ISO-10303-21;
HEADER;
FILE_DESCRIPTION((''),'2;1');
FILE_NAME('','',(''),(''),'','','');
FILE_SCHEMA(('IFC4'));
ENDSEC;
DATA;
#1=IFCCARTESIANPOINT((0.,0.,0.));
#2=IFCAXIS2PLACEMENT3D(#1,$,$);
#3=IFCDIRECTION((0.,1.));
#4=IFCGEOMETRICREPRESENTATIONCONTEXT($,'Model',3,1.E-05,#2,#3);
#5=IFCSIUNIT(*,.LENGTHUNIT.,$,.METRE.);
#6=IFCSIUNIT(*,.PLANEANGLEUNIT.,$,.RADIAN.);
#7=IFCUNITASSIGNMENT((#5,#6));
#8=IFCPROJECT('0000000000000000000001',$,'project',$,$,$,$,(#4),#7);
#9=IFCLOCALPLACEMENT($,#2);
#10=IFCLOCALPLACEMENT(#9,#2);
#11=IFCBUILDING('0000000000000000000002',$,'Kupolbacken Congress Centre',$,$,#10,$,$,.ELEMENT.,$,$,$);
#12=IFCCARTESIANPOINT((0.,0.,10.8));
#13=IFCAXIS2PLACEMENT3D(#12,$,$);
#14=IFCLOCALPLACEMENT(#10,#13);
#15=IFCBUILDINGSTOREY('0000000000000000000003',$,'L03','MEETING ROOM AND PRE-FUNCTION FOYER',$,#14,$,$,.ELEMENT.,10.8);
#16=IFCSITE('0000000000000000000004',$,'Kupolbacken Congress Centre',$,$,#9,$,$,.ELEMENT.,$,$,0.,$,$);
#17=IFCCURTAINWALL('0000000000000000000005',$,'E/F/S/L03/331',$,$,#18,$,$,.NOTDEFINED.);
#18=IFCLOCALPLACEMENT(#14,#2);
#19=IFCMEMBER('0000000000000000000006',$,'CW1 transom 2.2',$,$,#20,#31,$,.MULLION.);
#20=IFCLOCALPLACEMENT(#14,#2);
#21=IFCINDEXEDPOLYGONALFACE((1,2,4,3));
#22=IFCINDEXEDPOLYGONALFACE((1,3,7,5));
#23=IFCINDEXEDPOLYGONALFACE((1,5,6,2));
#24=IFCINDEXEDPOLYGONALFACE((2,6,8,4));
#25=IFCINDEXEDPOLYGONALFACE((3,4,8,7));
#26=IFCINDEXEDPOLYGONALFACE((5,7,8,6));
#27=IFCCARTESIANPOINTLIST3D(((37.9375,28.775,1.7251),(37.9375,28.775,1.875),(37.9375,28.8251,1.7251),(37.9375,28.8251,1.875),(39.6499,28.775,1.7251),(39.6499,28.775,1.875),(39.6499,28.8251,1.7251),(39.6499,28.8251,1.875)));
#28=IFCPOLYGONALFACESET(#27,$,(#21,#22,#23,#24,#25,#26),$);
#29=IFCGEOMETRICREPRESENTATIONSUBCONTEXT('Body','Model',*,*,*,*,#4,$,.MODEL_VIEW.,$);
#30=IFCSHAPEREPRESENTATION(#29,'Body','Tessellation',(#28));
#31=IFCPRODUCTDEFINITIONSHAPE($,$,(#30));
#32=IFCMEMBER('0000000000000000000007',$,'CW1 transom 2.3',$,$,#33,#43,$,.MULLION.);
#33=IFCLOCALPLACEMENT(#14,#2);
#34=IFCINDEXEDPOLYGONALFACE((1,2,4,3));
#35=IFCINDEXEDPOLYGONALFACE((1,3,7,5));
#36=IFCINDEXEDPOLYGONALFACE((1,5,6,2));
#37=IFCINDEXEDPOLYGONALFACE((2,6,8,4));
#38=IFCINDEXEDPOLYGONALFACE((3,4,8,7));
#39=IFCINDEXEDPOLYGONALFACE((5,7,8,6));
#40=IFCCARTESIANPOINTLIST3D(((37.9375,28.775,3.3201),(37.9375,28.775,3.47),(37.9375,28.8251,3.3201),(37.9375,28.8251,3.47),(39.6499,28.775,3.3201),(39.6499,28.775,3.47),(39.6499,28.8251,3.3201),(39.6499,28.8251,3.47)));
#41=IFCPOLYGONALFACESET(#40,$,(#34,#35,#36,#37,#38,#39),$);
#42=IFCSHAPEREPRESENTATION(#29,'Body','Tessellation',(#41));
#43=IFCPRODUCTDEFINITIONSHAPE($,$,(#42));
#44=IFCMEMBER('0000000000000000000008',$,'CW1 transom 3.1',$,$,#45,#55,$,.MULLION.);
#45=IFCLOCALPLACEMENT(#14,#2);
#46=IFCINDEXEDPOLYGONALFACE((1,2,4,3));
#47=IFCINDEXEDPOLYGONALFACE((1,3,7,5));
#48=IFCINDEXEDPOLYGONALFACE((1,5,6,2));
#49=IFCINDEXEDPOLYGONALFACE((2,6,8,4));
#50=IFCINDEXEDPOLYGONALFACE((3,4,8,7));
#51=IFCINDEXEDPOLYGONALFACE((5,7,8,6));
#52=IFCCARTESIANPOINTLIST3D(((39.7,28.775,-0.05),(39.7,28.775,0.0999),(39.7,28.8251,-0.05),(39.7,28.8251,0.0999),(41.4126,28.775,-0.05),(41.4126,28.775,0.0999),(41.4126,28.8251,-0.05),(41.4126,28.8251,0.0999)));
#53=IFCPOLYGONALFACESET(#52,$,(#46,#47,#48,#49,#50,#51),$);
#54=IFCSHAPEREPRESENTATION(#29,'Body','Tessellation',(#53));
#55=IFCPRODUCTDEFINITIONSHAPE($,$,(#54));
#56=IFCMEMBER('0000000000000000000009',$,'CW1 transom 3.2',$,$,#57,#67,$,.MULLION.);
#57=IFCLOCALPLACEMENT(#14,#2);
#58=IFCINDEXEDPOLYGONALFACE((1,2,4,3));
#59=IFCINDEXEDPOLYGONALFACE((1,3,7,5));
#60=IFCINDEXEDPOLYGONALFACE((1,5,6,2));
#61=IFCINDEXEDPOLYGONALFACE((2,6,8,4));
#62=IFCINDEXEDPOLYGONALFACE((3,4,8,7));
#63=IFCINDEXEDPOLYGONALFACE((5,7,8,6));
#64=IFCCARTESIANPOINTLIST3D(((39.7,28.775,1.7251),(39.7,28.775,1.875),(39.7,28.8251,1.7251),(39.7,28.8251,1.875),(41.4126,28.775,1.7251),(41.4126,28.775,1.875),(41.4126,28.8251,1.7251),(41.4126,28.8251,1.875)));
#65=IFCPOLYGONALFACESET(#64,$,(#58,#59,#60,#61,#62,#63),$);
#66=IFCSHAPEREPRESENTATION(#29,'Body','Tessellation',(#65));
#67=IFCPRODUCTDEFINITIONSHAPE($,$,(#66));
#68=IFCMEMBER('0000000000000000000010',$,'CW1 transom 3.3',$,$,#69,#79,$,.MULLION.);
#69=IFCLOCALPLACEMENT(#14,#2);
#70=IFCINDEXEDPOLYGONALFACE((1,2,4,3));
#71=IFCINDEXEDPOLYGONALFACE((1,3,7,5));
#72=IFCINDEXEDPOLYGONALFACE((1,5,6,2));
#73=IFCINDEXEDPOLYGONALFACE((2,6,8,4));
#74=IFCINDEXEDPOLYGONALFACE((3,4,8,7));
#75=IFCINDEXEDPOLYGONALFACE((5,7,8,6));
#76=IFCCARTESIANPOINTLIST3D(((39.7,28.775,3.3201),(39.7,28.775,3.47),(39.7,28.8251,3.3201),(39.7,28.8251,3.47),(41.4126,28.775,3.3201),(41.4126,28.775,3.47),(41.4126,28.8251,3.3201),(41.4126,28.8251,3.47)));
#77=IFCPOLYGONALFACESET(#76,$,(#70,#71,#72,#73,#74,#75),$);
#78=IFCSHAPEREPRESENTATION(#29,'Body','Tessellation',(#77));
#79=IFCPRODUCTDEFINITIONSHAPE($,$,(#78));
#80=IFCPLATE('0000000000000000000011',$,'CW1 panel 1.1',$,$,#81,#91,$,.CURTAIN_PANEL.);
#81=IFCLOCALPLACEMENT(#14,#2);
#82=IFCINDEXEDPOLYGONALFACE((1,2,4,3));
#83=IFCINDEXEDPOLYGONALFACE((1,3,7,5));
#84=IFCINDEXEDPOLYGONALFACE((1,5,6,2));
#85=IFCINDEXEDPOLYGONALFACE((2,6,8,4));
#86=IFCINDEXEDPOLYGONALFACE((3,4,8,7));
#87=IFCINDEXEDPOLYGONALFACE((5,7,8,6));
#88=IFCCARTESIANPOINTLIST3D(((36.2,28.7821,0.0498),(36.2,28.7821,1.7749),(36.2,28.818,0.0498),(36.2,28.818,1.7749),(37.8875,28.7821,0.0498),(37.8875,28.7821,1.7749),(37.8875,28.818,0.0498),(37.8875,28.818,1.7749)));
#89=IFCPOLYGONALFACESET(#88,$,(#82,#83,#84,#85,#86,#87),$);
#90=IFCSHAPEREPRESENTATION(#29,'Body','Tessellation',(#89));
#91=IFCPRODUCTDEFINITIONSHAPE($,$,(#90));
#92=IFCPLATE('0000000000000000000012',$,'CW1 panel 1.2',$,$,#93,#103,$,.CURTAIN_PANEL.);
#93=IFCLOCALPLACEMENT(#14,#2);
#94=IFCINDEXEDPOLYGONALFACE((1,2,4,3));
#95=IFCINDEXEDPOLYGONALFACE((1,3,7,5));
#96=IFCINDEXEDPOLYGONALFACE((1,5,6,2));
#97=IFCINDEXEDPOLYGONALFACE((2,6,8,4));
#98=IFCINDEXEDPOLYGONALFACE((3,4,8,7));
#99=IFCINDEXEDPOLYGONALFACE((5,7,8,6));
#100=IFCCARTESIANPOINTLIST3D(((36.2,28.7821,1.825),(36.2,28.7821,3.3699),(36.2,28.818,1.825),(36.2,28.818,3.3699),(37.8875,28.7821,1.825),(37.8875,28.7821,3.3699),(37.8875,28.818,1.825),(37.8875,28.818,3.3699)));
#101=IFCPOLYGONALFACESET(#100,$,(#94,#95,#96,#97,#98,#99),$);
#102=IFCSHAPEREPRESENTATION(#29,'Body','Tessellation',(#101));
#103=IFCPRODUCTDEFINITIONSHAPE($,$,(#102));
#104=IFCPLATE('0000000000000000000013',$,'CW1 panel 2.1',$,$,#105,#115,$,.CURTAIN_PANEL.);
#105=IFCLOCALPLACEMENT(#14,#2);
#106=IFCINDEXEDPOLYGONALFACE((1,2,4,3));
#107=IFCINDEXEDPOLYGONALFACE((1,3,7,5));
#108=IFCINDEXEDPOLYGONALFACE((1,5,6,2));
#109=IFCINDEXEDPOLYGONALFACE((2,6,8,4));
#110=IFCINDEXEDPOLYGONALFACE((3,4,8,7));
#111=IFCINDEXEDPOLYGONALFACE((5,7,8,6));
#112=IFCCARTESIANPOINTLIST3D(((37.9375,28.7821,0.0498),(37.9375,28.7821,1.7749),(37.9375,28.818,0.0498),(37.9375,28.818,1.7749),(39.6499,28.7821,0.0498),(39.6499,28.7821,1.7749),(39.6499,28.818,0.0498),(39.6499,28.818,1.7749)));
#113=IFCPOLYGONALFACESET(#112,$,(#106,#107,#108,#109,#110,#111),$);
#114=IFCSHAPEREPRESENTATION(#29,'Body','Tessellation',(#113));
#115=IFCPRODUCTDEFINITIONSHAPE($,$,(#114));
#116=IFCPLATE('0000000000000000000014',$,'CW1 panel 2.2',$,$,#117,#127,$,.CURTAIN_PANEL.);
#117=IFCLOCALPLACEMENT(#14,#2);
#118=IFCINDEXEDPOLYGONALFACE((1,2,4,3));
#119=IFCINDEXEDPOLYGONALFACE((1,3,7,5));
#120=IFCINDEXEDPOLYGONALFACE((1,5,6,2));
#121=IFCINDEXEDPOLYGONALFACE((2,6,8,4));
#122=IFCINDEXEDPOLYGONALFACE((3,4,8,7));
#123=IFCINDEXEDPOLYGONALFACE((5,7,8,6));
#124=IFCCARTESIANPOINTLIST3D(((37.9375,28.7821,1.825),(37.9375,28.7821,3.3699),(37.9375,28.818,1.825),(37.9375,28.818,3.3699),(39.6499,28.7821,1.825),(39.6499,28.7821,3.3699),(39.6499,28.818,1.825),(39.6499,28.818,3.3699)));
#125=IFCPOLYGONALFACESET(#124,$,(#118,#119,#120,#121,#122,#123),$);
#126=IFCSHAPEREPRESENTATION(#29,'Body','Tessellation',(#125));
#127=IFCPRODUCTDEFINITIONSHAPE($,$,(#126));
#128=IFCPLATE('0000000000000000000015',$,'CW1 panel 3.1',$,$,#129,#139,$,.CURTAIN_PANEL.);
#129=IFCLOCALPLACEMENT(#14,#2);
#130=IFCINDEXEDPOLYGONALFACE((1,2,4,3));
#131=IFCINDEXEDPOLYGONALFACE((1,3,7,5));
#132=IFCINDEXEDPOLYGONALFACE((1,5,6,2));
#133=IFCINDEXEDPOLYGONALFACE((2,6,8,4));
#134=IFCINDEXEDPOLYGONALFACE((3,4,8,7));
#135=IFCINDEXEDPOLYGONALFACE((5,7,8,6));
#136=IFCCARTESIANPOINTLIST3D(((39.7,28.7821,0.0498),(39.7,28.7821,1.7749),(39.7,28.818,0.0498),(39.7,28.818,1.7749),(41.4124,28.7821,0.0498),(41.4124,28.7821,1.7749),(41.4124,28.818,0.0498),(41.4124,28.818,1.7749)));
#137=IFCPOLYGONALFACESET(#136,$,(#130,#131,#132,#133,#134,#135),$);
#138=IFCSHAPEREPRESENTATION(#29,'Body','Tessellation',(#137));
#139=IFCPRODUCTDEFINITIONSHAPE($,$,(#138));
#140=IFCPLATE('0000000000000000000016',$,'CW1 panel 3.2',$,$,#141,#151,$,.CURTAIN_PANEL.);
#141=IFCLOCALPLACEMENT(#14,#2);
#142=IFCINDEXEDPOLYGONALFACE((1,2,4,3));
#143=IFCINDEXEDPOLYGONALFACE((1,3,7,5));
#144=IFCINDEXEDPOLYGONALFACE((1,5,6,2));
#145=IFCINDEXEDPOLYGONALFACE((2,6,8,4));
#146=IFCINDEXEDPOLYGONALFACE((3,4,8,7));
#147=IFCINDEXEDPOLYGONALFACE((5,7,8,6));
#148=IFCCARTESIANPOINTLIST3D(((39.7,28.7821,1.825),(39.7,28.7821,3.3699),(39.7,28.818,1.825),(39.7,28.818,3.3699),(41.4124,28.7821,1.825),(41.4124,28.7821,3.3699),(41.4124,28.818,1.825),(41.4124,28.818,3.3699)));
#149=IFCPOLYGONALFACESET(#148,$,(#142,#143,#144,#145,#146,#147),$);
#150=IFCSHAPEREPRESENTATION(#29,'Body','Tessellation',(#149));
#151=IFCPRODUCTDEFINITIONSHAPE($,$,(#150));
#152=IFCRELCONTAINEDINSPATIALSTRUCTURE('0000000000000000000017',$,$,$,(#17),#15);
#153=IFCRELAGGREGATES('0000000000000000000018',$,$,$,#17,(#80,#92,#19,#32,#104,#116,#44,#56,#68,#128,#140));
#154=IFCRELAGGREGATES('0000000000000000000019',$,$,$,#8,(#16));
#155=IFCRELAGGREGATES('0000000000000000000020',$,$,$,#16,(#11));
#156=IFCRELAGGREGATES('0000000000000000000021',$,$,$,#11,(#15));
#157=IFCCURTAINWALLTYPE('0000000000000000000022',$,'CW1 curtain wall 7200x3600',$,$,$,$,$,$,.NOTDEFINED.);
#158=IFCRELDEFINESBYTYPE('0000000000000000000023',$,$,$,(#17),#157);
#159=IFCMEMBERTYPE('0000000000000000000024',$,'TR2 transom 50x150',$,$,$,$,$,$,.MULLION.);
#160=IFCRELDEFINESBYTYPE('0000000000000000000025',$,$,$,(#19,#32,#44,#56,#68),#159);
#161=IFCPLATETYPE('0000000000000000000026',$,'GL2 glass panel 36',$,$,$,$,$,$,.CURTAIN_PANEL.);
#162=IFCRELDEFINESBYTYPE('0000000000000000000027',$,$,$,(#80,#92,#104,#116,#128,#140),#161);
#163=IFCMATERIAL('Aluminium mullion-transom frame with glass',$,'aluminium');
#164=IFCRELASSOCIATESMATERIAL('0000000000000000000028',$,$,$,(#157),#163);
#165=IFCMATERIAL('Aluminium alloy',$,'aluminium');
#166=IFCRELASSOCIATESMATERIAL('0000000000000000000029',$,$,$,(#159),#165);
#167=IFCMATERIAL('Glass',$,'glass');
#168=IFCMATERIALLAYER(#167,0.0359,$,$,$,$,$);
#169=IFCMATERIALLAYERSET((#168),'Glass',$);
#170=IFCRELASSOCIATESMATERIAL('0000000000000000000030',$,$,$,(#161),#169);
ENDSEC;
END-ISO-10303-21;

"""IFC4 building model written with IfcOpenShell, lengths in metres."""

from ifc_helpers import new_model, si_unit, direction, frame, origin, origin_2d, place, context, subcontext, project, spatial, rectangle, extrude, material, layer, layer_set, material_profile, profile_set, type_object, element, aggregate, save


model = new_model("IFC4")

# Units and contexts
model_context = context("Model", 3, precision=1e-05, world=origin(), true_north=direction((0.0, 1.0)))
body_context = subcontext(model_context, "Body", "Model", "MODEL_VIEW")
ifc_project = project(units=[si_unit("LENGTHUNIT", "METRE"), si_unit("PLANEANGLEUNIT", "RADIAN")], contexts=[model_context])

# Site, building, storey
site_placement = place(None, origin())
site = spatial("IfcSite", under=ifc_project, at=site_placement, Name="Kupolbacken Congress Centre", CompositionType="ELEMENT", RefElevation=0.0)
building_placement = place(site_placement, origin())
building = spatial("IfcBuilding", under=site, at=building_placement, Name="Kupolbacken Congress Centre", CompositionType="ELEMENT")
storey_placement = place(building_placement, frame((0.0, 0.0, 10.8)))
storey = spatial("IfcBuildingStorey", under=building, at=storey_placement, Name="L03", Description="MEETING ROOM AND PRE-FUNCTION FOYER", CompositionType="ELEMENT", Elevation=10.8)

# Curtain wall, members, plates
ifc_material_1 = material(Name="Aluminium mullion-transom frame with glass", Category="aluminium")
curtain_wall_type = type_object("IfcCurtainWallType", Name="CW1 curtain wall 7200x3600", PredefinedType="NOTDEFINED", material=ifc_material_1)
curtain_wall_placement = place(storey_placement, origin())
curtain_wall = element("IfcCurtainWall", 1, at=curtain_wall_placement, inside=storey, type_object=curtain_wall_type, Name="E/F/S/L03/331", PredefinedType="NOTDEFINED")
ifc_material_2 = material(Name="Aluminium alloy", Category="aluminium")
ifc_material_profile_1 = material_profile(ifc_material_2, rectangle(XDim=0.05, YDim=0.1499, at=origin_2d()), Name="50 x 150")
ifc_profile_set_1 = profile_set([ifc_material_profile_1], Name="Aluminium alloy")
member_type_1 = type_object("IfcMemberType", Name="TR2 transom 50x150", PredefinedType="MULLION", material=ifc_profile_set_1)
member_1_placement = place(storey_placement, frame((37.9375, 28.8, 1.8), z_axis=(1.0, 0.0, 0.0), x_axis=(0.0, 1.0, 0.0)))
member_1 = element("IfcMember", 2, at=member_1_placement, type_object=member_type_1, Name="CW1 transom 2.2", PredefinedType="MULLION", context=body_context, shape_type="SweptSolid", body=[
    extrude(rectangle(XDim=0.05, YDim=0.1499, at=origin_2d()), origin(), (0.0, 0.0, 1.0), 1.7124),
])
member_2_placement = place(storey_placement, frame((37.9375, 28.8, 3.395), z_axis=(1.0, 0.0, 0.0), x_axis=(0.0, 1.0, 0.0)))
member_2 = element("IfcMember", 3, at=member_2_placement, type_object=member_type_1, Name="CW1 transom 2.3", PredefinedType="MULLION", context=body_context, shape_type="SweptSolid", body=[
    extrude(rectangle(XDim=0.05, YDim=0.1499, at=origin_2d()), origin(), (0.0, 0.0, 1.0), 1.7124),
])
member_3_placement = place(storey_placement, frame((39.7, 28.8, 0.0249), z_axis=(1.0, 0.0, 0.0), x_axis=(0.0, 1.0, 0.0)))
member_3 = element("IfcMember", 4, at=member_3_placement, type_object=member_type_1, Name="CW1 transom 3.1", PredefinedType="MULLION", context=body_context, shape_type="SweptSolid", body=[
    extrude(rectangle(XDim=0.05, YDim=0.1499, at=origin_2d()), origin(), (0.0, 0.0, 1.0), 1.7126),
])
member_4_placement = place(storey_placement, frame((39.7, 28.8, 1.8), z_axis=(1.0, 0.0, 0.0), x_axis=(0.0, 1.0, 0.0)))
member_4 = element("IfcMember", 5, at=member_4_placement, type_object=member_type_1, Name="CW1 transom 3.2", PredefinedType="MULLION", context=body_context, shape_type="SweptSolid", body=[
    extrude(rectangle(XDim=0.05, YDim=0.1499, at=origin_2d()), origin(), (0.0, 0.0, 1.0), 1.7126),
])
member_5_placement = place(storey_placement, frame((39.7, 28.8, 3.395), z_axis=(1.0, 0.0, 0.0), x_axis=(0.0, 1.0, 0.0)))
member_5 = element("IfcMember", 6, at=member_5_placement, type_object=member_type_1, Name="CW1 transom 3.3", PredefinedType="MULLION", context=body_context, shape_type="SweptSolid", body=[
    extrude(rectangle(XDim=0.05, YDim=0.1499, at=origin_2d()), origin(), (0.0, 0.0, 1.0), 1.7126),
])
ifc_material_3 = material(Name="Glass", Category="glass")
ifc_layer = layer(ifc_material_3, 0.0359)
ifc_layer_set = layer_set([ifc_layer], Name="Glass")
plate_type = type_object("IfcPlateType", Name="GL2 glass panel 36", PredefinedType="CURTAIN_PANEL", material=ifc_layer_set)
plate_1_placement = place(storey_placement, frame((37.0437, 28.8, 0.0498), z_axis=(0.0, 0.0, 1.0), x_axis=(1.0, 0.0, 0.0)))
plate_1 = element("IfcPlate", 7, at=plate_1_placement, type_object=plate_type, Name="CW1 panel 1.1", PredefinedType="CURTAIN_PANEL", context=body_context, shape_type="SweptSolid", body=[
    extrude(rectangle(XDim=1.6875, YDim=0.0359, at=origin_2d()), origin(), (0.0, 0.0, 1.0), 1.7251),
])
plate_2_placement = place(storey_placement, frame((37.0437, 28.8, 1.825), z_axis=(0.0, 0.0, 1.0), x_axis=(1.0, 0.0, 0.0)))
plate_2 = element("IfcPlate", 8, at=plate_2_placement, type_object=plate_type, Name="CW1 panel 1.2", PredefinedType="CURTAIN_PANEL", context=body_context, shape_type="SweptSolid", body=[
    extrude(rectangle(XDim=1.6875, YDim=0.0359, at=origin_2d()), origin(), (0.0, 0.0, 1.0), 1.5449),
])
plate_3_placement = place(storey_placement, frame((38.7937, 28.8, 0.0498), z_axis=(0.0, 0.0, 1.0), x_axis=(1.0, 0.0, 0.0)))
plate_3 = element("IfcPlate", 9, at=plate_3_placement, type_object=plate_type, Name="CW1 panel 2.1", PredefinedType="CURTAIN_PANEL", context=body_context, shape_type="SweptSolid", body=[
    extrude(rectangle(XDim=1.7124, YDim=0.0359, at=origin_2d()), origin(), (0.0, 0.0, 1.0), 1.7251),
])
plate_4_placement = place(storey_placement, frame((38.7937, 28.8, 1.825), z_axis=(0.0, 0.0, 1.0), x_axis=(1.0, 0.0, 0.0)))
plate_4 = element("IfcPlate", 10, at=plate_4_placement, type_object=plate_type, Name="CW1 panel 2.2", PredefinedType="CURTAIN_PANEL", context=body_context, shape_type="SweptSolid", body=[
    extrude(rectangle(XDim=1.7124, YDim=0.0359, at=origin_2d()), origin(), (0.0, 0.0, 1.0), 1.5449),
])
plate_5_placement = place(storey_placement, frame((40.5562, 28.8, 0.0498), z_axis=(0.0, 0.0, 1.0), x_axis=(1.0, 0.0, 0.0)))
plate_5 = element("IfcPlate", 11, at=plate_5_placement, type_object=plate_type, Name="CW1 panel 3.1", PredefinedType="CURTAIN_PANEL", context=body_context, shape_type="SweptSolid", body=[
    extrude(rectangle(XDim=1.7124, YDim=0.0359, at=origin_2d()), origin(), (0.0, 0.0, 1.0), 1.7251),
])
plate_6_placement = place(storey_placement, frame((40.5562, 28.8, 1.825), z_axis=(0.0, 0.0, 1.0), x_axis=(1.0, 0.0, 0.0)))
plate_6 = element("IfcPlate", 12, at=plate_6_placement, type_object=plate_type, Name="CW1 panel 3.2", PredefinedType="CURTAIN_PANEL", context=body_context, shape_type="SweptSolid", body=[
    extrude(rectangle(XDim=1.7124, YDim=0.0359, at=origin_2d()), origin(), (0.0, 0.0, 1.0), 1.5449),
])
aggregate(curtain_wall, [plate_1, plate_2, member_1, member_2, plate_3, plate_4, member_3, member_4, member_5, plate_5, plate_6])

save(model, "model.ifc")
